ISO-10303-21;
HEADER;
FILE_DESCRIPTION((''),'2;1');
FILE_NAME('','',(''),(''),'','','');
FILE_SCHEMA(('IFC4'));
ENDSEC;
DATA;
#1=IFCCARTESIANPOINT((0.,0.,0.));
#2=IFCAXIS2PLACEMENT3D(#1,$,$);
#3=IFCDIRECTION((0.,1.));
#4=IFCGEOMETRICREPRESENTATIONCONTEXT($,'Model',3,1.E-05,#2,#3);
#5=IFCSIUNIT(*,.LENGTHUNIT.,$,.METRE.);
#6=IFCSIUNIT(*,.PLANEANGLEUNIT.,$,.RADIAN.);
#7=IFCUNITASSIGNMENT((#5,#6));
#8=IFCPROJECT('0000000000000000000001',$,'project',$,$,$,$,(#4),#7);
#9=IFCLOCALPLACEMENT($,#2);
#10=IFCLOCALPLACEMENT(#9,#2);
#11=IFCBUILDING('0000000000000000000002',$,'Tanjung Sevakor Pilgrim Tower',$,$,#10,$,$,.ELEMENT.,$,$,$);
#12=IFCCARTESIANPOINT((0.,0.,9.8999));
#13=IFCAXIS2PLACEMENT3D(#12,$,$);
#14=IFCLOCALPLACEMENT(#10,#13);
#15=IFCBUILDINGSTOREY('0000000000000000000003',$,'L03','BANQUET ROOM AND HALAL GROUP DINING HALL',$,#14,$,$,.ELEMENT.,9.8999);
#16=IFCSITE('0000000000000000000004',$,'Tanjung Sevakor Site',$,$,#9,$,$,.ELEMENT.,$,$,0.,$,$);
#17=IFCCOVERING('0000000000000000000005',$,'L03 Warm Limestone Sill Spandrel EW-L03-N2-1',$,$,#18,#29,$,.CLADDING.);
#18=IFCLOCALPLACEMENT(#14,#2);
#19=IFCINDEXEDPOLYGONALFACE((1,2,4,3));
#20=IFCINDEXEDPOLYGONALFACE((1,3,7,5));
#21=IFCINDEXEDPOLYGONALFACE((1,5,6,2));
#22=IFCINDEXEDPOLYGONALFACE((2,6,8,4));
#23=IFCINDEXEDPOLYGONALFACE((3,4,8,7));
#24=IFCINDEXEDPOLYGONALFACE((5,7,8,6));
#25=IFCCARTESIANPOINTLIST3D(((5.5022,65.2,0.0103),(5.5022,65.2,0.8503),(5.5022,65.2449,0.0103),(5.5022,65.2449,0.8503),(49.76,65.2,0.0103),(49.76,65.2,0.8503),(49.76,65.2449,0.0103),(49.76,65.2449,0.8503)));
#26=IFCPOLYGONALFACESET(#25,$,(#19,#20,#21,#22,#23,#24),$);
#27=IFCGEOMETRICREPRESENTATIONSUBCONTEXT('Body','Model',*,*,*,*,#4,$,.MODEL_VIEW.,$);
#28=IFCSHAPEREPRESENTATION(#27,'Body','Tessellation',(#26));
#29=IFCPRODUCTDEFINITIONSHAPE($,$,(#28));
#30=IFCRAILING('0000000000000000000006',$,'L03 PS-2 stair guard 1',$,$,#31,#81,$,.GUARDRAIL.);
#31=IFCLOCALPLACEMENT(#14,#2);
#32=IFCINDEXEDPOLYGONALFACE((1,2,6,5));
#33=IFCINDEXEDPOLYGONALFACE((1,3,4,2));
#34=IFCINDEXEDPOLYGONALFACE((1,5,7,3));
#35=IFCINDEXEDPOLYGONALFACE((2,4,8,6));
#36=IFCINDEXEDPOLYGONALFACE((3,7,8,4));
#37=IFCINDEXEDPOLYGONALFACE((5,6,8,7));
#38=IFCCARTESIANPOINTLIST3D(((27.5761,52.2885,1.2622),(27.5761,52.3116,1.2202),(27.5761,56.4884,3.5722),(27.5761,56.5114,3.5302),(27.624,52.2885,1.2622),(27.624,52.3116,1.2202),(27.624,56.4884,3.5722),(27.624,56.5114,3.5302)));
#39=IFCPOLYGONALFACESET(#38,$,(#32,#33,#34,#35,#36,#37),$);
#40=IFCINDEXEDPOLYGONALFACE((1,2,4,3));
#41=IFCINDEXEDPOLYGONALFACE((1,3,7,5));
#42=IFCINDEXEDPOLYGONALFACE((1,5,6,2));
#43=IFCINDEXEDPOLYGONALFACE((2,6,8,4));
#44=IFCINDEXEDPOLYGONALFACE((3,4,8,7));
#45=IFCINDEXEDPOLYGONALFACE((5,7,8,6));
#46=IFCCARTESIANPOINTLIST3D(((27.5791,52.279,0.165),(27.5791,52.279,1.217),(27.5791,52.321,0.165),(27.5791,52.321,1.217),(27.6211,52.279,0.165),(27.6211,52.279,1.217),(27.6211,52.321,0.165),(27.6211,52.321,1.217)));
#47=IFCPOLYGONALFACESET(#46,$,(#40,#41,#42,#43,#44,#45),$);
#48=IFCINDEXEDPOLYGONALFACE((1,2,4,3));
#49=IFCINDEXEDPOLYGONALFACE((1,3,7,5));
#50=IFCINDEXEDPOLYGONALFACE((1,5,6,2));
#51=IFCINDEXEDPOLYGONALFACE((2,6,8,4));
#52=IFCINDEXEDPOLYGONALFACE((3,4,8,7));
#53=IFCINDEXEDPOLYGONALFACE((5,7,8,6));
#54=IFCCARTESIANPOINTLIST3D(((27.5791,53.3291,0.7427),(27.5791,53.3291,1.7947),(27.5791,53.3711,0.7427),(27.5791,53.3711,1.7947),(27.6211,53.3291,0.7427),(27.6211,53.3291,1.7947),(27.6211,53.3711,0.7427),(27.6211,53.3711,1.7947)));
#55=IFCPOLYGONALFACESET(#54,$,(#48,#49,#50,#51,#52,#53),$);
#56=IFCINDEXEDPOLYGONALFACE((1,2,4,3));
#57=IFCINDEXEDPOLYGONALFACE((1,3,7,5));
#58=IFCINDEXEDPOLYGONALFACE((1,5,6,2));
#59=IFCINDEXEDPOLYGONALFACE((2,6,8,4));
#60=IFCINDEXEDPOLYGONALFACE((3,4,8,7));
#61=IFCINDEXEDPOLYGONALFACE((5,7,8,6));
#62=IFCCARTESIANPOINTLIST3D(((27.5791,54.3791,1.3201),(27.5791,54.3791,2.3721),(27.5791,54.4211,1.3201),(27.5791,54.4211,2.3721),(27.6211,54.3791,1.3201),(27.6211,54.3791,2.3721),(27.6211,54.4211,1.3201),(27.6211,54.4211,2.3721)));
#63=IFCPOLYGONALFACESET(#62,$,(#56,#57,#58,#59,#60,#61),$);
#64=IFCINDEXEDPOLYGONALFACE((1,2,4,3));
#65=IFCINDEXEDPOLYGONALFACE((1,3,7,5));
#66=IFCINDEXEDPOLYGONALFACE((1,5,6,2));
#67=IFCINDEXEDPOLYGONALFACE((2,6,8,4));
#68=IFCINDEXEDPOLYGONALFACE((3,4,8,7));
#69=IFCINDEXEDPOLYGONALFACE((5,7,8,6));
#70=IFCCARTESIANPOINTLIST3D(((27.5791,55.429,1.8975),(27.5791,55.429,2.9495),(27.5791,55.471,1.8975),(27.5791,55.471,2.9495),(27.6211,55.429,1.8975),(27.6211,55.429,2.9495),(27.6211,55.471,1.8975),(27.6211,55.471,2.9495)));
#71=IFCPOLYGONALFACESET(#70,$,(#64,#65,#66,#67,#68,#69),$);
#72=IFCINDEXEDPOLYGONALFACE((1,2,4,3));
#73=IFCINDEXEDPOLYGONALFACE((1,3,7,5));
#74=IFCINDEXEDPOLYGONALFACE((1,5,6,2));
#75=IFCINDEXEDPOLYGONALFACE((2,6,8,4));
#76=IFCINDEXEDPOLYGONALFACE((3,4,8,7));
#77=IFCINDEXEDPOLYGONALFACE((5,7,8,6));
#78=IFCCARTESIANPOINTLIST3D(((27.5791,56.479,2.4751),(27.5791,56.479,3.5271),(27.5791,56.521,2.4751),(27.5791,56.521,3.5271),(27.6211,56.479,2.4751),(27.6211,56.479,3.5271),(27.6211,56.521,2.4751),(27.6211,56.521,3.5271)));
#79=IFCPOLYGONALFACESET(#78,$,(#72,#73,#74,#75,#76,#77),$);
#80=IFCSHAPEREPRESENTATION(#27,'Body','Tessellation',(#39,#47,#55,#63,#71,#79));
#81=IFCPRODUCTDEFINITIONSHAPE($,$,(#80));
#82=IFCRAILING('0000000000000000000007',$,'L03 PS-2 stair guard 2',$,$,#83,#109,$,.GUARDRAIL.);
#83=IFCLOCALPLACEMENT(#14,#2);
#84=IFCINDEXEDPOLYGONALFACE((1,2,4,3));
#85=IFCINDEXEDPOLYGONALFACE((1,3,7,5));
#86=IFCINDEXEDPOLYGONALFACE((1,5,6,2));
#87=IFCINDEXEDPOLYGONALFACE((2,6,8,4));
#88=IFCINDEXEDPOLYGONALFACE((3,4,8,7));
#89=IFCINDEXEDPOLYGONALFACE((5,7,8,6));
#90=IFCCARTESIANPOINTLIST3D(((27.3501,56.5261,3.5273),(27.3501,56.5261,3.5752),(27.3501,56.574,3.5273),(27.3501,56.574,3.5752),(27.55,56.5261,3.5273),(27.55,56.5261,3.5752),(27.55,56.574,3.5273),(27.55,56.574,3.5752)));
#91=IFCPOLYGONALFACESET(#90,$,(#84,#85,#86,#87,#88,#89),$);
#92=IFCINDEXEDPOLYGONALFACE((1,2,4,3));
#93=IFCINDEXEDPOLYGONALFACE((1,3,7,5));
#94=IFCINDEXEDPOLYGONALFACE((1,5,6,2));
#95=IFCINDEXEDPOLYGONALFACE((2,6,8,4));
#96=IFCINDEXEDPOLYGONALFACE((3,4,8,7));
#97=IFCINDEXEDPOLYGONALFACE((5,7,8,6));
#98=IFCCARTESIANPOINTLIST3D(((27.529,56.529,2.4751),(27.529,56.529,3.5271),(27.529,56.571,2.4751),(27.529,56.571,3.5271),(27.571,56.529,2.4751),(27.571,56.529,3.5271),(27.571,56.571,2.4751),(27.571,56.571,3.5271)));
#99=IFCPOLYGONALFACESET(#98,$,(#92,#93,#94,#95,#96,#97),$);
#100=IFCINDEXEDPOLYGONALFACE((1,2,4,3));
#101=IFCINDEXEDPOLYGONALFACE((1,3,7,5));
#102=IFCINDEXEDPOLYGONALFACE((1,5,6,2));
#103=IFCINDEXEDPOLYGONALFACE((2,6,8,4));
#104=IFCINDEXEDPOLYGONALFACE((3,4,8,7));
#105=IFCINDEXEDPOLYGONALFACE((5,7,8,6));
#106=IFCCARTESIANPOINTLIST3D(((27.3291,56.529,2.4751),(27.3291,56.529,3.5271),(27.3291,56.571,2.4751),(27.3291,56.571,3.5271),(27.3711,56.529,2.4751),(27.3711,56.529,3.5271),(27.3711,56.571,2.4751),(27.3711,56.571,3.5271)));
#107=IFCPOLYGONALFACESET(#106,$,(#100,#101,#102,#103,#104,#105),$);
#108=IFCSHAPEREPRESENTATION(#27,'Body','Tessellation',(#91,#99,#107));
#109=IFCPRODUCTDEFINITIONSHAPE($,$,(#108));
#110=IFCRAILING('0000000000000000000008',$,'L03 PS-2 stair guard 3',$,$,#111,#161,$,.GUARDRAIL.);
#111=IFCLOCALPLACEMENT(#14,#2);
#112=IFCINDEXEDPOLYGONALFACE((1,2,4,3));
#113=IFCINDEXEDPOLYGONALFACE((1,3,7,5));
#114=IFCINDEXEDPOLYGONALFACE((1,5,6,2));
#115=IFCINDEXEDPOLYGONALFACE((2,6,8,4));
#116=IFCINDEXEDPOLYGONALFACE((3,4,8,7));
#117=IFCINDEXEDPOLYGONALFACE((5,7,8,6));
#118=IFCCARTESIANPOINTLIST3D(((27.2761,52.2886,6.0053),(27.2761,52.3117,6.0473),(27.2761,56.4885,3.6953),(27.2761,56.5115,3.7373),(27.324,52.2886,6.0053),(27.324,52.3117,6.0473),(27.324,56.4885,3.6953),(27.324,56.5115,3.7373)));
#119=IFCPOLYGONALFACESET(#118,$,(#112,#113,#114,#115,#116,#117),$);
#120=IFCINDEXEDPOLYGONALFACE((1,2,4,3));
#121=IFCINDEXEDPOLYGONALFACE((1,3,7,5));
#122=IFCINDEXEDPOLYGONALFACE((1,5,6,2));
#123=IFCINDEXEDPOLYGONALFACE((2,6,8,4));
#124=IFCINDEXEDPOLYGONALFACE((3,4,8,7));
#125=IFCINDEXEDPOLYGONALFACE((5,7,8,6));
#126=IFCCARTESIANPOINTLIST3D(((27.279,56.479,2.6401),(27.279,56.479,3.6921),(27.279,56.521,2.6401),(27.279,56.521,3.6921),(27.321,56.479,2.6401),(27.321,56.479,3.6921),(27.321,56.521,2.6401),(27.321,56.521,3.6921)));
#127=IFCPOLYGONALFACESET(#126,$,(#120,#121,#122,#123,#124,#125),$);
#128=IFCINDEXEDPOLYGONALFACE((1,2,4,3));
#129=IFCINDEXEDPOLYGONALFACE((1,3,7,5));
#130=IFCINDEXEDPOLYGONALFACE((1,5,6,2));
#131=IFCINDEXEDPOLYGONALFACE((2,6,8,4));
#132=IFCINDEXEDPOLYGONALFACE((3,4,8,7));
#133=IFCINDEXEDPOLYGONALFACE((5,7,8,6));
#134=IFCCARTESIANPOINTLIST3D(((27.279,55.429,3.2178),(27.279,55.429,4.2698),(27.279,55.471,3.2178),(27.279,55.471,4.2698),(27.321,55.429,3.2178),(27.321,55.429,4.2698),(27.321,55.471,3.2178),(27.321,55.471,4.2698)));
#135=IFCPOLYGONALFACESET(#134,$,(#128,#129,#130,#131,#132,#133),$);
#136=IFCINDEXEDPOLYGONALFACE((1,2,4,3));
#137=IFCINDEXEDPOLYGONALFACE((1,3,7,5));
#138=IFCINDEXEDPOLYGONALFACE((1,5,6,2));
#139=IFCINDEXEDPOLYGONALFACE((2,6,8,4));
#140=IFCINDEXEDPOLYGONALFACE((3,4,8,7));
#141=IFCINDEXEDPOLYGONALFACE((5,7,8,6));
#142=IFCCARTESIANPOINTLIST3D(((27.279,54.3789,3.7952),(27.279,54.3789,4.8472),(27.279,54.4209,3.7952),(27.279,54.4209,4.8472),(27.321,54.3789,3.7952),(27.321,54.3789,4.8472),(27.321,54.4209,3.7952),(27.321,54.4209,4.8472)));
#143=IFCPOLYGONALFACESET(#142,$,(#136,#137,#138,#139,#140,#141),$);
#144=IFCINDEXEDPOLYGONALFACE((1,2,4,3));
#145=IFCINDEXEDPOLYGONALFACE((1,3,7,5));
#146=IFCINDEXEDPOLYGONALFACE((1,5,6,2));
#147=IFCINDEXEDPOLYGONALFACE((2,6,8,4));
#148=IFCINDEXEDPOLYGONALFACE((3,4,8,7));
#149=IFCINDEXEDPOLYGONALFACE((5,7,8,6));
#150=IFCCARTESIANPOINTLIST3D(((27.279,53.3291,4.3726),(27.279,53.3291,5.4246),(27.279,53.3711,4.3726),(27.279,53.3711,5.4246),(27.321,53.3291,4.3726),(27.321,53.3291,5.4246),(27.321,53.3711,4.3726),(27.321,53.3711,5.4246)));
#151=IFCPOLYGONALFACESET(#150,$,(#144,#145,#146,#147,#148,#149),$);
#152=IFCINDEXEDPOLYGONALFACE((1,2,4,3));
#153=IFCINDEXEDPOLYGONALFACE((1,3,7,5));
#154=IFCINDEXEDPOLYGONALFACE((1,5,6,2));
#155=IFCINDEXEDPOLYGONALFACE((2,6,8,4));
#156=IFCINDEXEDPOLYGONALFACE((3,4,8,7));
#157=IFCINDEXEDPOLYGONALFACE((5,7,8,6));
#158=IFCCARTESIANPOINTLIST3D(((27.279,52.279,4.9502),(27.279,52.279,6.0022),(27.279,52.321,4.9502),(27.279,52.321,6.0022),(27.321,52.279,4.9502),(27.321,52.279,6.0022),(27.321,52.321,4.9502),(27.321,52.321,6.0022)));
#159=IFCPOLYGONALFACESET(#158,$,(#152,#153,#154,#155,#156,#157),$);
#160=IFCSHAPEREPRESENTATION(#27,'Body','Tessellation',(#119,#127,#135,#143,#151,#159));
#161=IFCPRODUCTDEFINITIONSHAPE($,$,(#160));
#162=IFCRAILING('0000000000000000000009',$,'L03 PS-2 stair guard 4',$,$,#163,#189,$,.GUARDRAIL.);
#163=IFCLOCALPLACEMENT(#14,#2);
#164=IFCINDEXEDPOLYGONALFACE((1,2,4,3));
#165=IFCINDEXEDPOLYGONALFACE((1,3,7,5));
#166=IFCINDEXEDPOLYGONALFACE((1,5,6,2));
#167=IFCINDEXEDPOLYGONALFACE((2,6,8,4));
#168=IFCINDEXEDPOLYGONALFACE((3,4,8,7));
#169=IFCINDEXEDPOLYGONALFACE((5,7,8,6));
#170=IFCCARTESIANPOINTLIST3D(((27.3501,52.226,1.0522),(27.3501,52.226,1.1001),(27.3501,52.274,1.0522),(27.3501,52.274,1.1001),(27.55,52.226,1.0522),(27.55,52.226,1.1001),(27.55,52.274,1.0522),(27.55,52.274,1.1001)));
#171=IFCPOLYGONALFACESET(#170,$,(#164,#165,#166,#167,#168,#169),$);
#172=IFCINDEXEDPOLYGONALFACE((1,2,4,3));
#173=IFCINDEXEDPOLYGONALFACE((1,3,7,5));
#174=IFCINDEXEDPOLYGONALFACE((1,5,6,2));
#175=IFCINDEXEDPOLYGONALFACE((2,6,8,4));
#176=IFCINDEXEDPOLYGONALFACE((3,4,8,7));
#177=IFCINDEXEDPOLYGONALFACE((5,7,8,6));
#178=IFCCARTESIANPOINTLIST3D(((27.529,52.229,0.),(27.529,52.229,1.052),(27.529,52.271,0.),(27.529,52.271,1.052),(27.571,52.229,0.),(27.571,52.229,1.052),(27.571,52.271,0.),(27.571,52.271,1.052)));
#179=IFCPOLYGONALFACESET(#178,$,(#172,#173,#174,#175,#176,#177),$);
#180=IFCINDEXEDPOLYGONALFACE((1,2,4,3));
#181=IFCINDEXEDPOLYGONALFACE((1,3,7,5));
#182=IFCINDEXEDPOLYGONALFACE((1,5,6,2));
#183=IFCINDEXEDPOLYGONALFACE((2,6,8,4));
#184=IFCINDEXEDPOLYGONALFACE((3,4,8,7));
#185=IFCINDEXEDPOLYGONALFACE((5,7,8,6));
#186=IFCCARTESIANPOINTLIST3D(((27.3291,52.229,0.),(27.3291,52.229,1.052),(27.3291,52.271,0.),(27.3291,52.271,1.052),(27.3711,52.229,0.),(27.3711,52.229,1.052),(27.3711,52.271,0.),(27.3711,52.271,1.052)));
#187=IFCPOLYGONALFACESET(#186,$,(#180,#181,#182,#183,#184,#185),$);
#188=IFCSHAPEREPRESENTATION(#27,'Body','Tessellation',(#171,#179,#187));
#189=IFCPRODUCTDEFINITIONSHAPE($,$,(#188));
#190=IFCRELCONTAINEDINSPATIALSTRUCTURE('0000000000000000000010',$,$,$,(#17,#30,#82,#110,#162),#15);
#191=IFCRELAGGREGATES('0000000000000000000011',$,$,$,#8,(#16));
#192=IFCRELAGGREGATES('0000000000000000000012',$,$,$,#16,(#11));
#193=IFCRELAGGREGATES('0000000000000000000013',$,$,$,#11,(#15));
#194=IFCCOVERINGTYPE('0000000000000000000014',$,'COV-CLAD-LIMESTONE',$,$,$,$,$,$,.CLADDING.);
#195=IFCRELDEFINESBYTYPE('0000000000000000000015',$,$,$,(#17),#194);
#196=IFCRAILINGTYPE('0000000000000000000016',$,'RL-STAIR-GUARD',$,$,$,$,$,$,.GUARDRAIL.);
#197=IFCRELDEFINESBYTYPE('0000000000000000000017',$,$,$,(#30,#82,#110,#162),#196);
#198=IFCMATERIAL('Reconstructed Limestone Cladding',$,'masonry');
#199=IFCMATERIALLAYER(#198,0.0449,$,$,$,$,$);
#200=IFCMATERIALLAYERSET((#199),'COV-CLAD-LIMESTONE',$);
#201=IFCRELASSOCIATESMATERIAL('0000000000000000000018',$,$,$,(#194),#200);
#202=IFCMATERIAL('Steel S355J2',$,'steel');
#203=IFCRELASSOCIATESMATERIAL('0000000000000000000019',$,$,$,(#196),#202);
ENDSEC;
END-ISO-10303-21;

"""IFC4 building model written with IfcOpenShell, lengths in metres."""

from ifc_helpers import new_model, si_unit, direction, frame, origin, origin_2d, place, context, subcontext, project, spatial, rectangle, extrude, material, layer, layer_set, type_object, element, save


model = new_model("IFC4")

# Units and contexts
model_context = context("Model", 3, precision=1e-05, world=origin(), true_north=direction((0.0, 1.0)))
body_context = subcontext(model_context, "Body", "Model", "MODEL_VIEW")
ifc_project = project(units=[si_unit("LENGTHUNIT", "METRE"), si_unit("PLANEANGLEUNIT", "RADIAN")], contexts=[model_context])

# Site, building, storey
site_placement = place(None, origin())
site = spatial("IfcSite", under=ifc_project, at=site_placement, Name="Tanjung Sevakor Site", CompositionType="ELEMENT", RefElevation=0.0)
building_placement = place(site_placement, origin())
building = spatial("IfcBuilding", under=site, at=building_placement, Name="Tanjung Sevakor Pilgrim Tower", CompositionType="ELEMENT")
storey_placement = place(building_placement, frame((0.0, 0.0, 9.8999)))
storey = spatial("IfcBuildingStorey", under=building, at=storey_placement, Name="L03", Description="BANQUET ROOM AND HALAL GROUP DINING HALL", CompositionType="ELEMENT", Elevation=9.8999)

# Covering
ifc_material_1 = material(Name="Reconstructed Limestone Cladding", Category="masonry")
ifc_layer_1 = layer(ifc_material_1, 0.0449)
ifc_layer_set_1 = layer_set([ifc_layer_1], Name="COV-CLAD-LIMESTONE")
covering_type = type_object("IfcCoveringType", Name="COV-CLAD-LIMESTONE", PredefinedType="CLADDING", material=ifc_layer_set_1)
covering_placement = place(storey_placement, frame((27.6311, 65.2224, 0.0103), z_axis=(0.0, 0.0, 1.0), x_axis=(-1.0, 0.0, 0.0)))
element("IfcCovering", 1, at=covering_placement, inside=storey, type_object=covering_type, Name="L03 Warm Limestone Sill Spandrel EW-L03-N2-1", PredefinedType="CLADDING", context=body_context, shape_type="SweptSolid", body=[
    extrude(rectangle(XDim=44.2578, YDim=0.0449, at=origin_2d()), origin(), (0.0, 0.0, 1.0), 0.8401),
])

# Railings
ifc_material_2 = material(Name="Steel S355J2", Category="steel")
railing_type_1 = type_object("IfcRailingType", Name="RL-STAIR-GUARD", PredefinedType="GUARDRAIL", material=ifc_material_2)
railing_1_placement = place(storey_placement, frame((27.6001, 52.3, 0.165)))
element("IfcRailing", 2, at=railing_1_placement, inside=storey, type_object=railing_type_1, Name="L03 PS-2 stair guard 1", PredefinedType="GUARDRAIL", context=body_context, shape_type="SweptSolid", body=[
    extrude(rectangle(XDim=0.0479, YDim=0.0479), frame((0.0, 0.0, 1.0762), z_axis=(0.0, 0.876208, 0.481932), x_axis=(-1.0, 0.0, 0.0)), (0.0, 0.0, 1.0), 4.7932),
    extrude(rectangle(XDim=0.042, YDim=0.042), origin(), (0.0, 0.0, 1.0), 1.052),
    extrude(rectangle(XDim=0.042, YDim=0.042), frame((0.0, 1.05, 0.5776)), (0.0, 0.0, 1.0), 1.052),
    extrude(rectangle(XDim=0.042, YDim=0.042), frame((0.0, 2.1001, 1.155)), (0.0, 0.0, 1.0), 1.052),
    extrude(rectangle(XDim=0.042, YDim=0.042), frame((0.0, 3.1499, 1.7324)), (0.0, 0.0, 1.0), 1.052),
    extrude(rectangle(XDim=0.042, YDim=0.042), frame((0.0, 4.2, 2.3101)), (0.0, 0.0, 1.0), 1.052),
])
railing_2_placement = place(storey_placement, frame((27.55, 56.55, 2.4751)))
element("IfcRailing", 3, at=railing_2_placement, inside=storey, type_object=railing_type_1, Name="L03 PS-2 stair guard 2", PredefinedType="GUARDRAIL", context=body_context, shape_type="SweptSolid", body=[
    extrude(rectangle(XDim=0.0479, YDim=0.0479), frame((0.0, 0.0, 1.0762), z_axis=(-1.0, 0.0, 0.0), x_axis=(0.0, -1.0, 0.0)), (0.0, 0.0, 1.0), 0.2),
    extrude(rectangle(XDim=0.042, YDim=0.042), origin(), (0.0, 0.0, 1.0), 1.052),
    extrude(rectangle(XDim=0.042, YDim=0.042), frame((-0.2, 0.0, 0.0)), (0.0, 0.0, 1.0), 1.052),
])
railing_3_placement = place(storey_placement, frame((27.3, 56.5, 2.6401)))
element("IfcRailing", 4, at=railing_3_placement, inside=storey, type_object=railing_type_1, Name="L03 PS-2 stair guard 3", PredefinedType="GUARDRAIL", context=body_context, shape_type="SweptSolid", body=[
    extrude(rectangle(XDim=0.0479, YDim=0.0479), frame((0.0, 0.0, 1.0762), z_axis=(0.0, -0.876208, 0.481932), x_axis=(1.0, 0.0, 0.0)), (0.0, 0.0, 1.0), 4.7932),
    extrude(rectangle(XDim=0.042, YDim=0.042), origin(), (0.0, 0.0, 1.0), 1.052),
    extrude(rectangle(XDim=0.042, YDim=0.042), frame((0.0, -1.05, 0.5776)), (0.0, 0.0, 1.0), 1.052),
    extrude(rectangle(XDim=0.042, YDim=0.042), frame((0.0, -2.1001, 1.155)), (0.0, 0.0, 1.0), 1.052),
    extrude(rectangle(XDim=0.042, YDim=0.042), frame((0.0, -3.1499, 1.7324)), (0.0, 0.0, 1.0), 1.052),
    extrude(rectangle(XDim=0.042, YDim=0.042), frame((0.0, -4.2, 2.3101)), (0.0, 0.0, 1.0), 1.052),
])
railing_4_placement = place(storey_placement, frame((27.55, 52.25, 0.0)))
element("IfcRailing", 5, at=railing_4_placement, inside=storey, type_object=railing_type_1, Name="L03 PS-2 stair guard 4", PredefinedType="GUARDRAIL", context=body_context, shape_type="SweptSolid", body=[
    extrude(rectangle(XDim=0.0479, YDim=0.0479), frame((0.0, 0.0, 1.0762), z_axis=(-1.0, 0.0, 0.0), x_axis=(0.0, -1.0, 0.0)), (0.0, 0.0, 1.0), 0.2),
    extrude(rectangle(XDim=0.042, YDim=0.042), origin(), (0.0, 0.0, 1.0), 1.052),
    extrude(rectangle(XDim=0.042, YDim=0.042), frame((-0.2, 0.0, 0.0)), (0.0, 0.0, 1.0), 1.052),
])

save(model, "model.ifc")
